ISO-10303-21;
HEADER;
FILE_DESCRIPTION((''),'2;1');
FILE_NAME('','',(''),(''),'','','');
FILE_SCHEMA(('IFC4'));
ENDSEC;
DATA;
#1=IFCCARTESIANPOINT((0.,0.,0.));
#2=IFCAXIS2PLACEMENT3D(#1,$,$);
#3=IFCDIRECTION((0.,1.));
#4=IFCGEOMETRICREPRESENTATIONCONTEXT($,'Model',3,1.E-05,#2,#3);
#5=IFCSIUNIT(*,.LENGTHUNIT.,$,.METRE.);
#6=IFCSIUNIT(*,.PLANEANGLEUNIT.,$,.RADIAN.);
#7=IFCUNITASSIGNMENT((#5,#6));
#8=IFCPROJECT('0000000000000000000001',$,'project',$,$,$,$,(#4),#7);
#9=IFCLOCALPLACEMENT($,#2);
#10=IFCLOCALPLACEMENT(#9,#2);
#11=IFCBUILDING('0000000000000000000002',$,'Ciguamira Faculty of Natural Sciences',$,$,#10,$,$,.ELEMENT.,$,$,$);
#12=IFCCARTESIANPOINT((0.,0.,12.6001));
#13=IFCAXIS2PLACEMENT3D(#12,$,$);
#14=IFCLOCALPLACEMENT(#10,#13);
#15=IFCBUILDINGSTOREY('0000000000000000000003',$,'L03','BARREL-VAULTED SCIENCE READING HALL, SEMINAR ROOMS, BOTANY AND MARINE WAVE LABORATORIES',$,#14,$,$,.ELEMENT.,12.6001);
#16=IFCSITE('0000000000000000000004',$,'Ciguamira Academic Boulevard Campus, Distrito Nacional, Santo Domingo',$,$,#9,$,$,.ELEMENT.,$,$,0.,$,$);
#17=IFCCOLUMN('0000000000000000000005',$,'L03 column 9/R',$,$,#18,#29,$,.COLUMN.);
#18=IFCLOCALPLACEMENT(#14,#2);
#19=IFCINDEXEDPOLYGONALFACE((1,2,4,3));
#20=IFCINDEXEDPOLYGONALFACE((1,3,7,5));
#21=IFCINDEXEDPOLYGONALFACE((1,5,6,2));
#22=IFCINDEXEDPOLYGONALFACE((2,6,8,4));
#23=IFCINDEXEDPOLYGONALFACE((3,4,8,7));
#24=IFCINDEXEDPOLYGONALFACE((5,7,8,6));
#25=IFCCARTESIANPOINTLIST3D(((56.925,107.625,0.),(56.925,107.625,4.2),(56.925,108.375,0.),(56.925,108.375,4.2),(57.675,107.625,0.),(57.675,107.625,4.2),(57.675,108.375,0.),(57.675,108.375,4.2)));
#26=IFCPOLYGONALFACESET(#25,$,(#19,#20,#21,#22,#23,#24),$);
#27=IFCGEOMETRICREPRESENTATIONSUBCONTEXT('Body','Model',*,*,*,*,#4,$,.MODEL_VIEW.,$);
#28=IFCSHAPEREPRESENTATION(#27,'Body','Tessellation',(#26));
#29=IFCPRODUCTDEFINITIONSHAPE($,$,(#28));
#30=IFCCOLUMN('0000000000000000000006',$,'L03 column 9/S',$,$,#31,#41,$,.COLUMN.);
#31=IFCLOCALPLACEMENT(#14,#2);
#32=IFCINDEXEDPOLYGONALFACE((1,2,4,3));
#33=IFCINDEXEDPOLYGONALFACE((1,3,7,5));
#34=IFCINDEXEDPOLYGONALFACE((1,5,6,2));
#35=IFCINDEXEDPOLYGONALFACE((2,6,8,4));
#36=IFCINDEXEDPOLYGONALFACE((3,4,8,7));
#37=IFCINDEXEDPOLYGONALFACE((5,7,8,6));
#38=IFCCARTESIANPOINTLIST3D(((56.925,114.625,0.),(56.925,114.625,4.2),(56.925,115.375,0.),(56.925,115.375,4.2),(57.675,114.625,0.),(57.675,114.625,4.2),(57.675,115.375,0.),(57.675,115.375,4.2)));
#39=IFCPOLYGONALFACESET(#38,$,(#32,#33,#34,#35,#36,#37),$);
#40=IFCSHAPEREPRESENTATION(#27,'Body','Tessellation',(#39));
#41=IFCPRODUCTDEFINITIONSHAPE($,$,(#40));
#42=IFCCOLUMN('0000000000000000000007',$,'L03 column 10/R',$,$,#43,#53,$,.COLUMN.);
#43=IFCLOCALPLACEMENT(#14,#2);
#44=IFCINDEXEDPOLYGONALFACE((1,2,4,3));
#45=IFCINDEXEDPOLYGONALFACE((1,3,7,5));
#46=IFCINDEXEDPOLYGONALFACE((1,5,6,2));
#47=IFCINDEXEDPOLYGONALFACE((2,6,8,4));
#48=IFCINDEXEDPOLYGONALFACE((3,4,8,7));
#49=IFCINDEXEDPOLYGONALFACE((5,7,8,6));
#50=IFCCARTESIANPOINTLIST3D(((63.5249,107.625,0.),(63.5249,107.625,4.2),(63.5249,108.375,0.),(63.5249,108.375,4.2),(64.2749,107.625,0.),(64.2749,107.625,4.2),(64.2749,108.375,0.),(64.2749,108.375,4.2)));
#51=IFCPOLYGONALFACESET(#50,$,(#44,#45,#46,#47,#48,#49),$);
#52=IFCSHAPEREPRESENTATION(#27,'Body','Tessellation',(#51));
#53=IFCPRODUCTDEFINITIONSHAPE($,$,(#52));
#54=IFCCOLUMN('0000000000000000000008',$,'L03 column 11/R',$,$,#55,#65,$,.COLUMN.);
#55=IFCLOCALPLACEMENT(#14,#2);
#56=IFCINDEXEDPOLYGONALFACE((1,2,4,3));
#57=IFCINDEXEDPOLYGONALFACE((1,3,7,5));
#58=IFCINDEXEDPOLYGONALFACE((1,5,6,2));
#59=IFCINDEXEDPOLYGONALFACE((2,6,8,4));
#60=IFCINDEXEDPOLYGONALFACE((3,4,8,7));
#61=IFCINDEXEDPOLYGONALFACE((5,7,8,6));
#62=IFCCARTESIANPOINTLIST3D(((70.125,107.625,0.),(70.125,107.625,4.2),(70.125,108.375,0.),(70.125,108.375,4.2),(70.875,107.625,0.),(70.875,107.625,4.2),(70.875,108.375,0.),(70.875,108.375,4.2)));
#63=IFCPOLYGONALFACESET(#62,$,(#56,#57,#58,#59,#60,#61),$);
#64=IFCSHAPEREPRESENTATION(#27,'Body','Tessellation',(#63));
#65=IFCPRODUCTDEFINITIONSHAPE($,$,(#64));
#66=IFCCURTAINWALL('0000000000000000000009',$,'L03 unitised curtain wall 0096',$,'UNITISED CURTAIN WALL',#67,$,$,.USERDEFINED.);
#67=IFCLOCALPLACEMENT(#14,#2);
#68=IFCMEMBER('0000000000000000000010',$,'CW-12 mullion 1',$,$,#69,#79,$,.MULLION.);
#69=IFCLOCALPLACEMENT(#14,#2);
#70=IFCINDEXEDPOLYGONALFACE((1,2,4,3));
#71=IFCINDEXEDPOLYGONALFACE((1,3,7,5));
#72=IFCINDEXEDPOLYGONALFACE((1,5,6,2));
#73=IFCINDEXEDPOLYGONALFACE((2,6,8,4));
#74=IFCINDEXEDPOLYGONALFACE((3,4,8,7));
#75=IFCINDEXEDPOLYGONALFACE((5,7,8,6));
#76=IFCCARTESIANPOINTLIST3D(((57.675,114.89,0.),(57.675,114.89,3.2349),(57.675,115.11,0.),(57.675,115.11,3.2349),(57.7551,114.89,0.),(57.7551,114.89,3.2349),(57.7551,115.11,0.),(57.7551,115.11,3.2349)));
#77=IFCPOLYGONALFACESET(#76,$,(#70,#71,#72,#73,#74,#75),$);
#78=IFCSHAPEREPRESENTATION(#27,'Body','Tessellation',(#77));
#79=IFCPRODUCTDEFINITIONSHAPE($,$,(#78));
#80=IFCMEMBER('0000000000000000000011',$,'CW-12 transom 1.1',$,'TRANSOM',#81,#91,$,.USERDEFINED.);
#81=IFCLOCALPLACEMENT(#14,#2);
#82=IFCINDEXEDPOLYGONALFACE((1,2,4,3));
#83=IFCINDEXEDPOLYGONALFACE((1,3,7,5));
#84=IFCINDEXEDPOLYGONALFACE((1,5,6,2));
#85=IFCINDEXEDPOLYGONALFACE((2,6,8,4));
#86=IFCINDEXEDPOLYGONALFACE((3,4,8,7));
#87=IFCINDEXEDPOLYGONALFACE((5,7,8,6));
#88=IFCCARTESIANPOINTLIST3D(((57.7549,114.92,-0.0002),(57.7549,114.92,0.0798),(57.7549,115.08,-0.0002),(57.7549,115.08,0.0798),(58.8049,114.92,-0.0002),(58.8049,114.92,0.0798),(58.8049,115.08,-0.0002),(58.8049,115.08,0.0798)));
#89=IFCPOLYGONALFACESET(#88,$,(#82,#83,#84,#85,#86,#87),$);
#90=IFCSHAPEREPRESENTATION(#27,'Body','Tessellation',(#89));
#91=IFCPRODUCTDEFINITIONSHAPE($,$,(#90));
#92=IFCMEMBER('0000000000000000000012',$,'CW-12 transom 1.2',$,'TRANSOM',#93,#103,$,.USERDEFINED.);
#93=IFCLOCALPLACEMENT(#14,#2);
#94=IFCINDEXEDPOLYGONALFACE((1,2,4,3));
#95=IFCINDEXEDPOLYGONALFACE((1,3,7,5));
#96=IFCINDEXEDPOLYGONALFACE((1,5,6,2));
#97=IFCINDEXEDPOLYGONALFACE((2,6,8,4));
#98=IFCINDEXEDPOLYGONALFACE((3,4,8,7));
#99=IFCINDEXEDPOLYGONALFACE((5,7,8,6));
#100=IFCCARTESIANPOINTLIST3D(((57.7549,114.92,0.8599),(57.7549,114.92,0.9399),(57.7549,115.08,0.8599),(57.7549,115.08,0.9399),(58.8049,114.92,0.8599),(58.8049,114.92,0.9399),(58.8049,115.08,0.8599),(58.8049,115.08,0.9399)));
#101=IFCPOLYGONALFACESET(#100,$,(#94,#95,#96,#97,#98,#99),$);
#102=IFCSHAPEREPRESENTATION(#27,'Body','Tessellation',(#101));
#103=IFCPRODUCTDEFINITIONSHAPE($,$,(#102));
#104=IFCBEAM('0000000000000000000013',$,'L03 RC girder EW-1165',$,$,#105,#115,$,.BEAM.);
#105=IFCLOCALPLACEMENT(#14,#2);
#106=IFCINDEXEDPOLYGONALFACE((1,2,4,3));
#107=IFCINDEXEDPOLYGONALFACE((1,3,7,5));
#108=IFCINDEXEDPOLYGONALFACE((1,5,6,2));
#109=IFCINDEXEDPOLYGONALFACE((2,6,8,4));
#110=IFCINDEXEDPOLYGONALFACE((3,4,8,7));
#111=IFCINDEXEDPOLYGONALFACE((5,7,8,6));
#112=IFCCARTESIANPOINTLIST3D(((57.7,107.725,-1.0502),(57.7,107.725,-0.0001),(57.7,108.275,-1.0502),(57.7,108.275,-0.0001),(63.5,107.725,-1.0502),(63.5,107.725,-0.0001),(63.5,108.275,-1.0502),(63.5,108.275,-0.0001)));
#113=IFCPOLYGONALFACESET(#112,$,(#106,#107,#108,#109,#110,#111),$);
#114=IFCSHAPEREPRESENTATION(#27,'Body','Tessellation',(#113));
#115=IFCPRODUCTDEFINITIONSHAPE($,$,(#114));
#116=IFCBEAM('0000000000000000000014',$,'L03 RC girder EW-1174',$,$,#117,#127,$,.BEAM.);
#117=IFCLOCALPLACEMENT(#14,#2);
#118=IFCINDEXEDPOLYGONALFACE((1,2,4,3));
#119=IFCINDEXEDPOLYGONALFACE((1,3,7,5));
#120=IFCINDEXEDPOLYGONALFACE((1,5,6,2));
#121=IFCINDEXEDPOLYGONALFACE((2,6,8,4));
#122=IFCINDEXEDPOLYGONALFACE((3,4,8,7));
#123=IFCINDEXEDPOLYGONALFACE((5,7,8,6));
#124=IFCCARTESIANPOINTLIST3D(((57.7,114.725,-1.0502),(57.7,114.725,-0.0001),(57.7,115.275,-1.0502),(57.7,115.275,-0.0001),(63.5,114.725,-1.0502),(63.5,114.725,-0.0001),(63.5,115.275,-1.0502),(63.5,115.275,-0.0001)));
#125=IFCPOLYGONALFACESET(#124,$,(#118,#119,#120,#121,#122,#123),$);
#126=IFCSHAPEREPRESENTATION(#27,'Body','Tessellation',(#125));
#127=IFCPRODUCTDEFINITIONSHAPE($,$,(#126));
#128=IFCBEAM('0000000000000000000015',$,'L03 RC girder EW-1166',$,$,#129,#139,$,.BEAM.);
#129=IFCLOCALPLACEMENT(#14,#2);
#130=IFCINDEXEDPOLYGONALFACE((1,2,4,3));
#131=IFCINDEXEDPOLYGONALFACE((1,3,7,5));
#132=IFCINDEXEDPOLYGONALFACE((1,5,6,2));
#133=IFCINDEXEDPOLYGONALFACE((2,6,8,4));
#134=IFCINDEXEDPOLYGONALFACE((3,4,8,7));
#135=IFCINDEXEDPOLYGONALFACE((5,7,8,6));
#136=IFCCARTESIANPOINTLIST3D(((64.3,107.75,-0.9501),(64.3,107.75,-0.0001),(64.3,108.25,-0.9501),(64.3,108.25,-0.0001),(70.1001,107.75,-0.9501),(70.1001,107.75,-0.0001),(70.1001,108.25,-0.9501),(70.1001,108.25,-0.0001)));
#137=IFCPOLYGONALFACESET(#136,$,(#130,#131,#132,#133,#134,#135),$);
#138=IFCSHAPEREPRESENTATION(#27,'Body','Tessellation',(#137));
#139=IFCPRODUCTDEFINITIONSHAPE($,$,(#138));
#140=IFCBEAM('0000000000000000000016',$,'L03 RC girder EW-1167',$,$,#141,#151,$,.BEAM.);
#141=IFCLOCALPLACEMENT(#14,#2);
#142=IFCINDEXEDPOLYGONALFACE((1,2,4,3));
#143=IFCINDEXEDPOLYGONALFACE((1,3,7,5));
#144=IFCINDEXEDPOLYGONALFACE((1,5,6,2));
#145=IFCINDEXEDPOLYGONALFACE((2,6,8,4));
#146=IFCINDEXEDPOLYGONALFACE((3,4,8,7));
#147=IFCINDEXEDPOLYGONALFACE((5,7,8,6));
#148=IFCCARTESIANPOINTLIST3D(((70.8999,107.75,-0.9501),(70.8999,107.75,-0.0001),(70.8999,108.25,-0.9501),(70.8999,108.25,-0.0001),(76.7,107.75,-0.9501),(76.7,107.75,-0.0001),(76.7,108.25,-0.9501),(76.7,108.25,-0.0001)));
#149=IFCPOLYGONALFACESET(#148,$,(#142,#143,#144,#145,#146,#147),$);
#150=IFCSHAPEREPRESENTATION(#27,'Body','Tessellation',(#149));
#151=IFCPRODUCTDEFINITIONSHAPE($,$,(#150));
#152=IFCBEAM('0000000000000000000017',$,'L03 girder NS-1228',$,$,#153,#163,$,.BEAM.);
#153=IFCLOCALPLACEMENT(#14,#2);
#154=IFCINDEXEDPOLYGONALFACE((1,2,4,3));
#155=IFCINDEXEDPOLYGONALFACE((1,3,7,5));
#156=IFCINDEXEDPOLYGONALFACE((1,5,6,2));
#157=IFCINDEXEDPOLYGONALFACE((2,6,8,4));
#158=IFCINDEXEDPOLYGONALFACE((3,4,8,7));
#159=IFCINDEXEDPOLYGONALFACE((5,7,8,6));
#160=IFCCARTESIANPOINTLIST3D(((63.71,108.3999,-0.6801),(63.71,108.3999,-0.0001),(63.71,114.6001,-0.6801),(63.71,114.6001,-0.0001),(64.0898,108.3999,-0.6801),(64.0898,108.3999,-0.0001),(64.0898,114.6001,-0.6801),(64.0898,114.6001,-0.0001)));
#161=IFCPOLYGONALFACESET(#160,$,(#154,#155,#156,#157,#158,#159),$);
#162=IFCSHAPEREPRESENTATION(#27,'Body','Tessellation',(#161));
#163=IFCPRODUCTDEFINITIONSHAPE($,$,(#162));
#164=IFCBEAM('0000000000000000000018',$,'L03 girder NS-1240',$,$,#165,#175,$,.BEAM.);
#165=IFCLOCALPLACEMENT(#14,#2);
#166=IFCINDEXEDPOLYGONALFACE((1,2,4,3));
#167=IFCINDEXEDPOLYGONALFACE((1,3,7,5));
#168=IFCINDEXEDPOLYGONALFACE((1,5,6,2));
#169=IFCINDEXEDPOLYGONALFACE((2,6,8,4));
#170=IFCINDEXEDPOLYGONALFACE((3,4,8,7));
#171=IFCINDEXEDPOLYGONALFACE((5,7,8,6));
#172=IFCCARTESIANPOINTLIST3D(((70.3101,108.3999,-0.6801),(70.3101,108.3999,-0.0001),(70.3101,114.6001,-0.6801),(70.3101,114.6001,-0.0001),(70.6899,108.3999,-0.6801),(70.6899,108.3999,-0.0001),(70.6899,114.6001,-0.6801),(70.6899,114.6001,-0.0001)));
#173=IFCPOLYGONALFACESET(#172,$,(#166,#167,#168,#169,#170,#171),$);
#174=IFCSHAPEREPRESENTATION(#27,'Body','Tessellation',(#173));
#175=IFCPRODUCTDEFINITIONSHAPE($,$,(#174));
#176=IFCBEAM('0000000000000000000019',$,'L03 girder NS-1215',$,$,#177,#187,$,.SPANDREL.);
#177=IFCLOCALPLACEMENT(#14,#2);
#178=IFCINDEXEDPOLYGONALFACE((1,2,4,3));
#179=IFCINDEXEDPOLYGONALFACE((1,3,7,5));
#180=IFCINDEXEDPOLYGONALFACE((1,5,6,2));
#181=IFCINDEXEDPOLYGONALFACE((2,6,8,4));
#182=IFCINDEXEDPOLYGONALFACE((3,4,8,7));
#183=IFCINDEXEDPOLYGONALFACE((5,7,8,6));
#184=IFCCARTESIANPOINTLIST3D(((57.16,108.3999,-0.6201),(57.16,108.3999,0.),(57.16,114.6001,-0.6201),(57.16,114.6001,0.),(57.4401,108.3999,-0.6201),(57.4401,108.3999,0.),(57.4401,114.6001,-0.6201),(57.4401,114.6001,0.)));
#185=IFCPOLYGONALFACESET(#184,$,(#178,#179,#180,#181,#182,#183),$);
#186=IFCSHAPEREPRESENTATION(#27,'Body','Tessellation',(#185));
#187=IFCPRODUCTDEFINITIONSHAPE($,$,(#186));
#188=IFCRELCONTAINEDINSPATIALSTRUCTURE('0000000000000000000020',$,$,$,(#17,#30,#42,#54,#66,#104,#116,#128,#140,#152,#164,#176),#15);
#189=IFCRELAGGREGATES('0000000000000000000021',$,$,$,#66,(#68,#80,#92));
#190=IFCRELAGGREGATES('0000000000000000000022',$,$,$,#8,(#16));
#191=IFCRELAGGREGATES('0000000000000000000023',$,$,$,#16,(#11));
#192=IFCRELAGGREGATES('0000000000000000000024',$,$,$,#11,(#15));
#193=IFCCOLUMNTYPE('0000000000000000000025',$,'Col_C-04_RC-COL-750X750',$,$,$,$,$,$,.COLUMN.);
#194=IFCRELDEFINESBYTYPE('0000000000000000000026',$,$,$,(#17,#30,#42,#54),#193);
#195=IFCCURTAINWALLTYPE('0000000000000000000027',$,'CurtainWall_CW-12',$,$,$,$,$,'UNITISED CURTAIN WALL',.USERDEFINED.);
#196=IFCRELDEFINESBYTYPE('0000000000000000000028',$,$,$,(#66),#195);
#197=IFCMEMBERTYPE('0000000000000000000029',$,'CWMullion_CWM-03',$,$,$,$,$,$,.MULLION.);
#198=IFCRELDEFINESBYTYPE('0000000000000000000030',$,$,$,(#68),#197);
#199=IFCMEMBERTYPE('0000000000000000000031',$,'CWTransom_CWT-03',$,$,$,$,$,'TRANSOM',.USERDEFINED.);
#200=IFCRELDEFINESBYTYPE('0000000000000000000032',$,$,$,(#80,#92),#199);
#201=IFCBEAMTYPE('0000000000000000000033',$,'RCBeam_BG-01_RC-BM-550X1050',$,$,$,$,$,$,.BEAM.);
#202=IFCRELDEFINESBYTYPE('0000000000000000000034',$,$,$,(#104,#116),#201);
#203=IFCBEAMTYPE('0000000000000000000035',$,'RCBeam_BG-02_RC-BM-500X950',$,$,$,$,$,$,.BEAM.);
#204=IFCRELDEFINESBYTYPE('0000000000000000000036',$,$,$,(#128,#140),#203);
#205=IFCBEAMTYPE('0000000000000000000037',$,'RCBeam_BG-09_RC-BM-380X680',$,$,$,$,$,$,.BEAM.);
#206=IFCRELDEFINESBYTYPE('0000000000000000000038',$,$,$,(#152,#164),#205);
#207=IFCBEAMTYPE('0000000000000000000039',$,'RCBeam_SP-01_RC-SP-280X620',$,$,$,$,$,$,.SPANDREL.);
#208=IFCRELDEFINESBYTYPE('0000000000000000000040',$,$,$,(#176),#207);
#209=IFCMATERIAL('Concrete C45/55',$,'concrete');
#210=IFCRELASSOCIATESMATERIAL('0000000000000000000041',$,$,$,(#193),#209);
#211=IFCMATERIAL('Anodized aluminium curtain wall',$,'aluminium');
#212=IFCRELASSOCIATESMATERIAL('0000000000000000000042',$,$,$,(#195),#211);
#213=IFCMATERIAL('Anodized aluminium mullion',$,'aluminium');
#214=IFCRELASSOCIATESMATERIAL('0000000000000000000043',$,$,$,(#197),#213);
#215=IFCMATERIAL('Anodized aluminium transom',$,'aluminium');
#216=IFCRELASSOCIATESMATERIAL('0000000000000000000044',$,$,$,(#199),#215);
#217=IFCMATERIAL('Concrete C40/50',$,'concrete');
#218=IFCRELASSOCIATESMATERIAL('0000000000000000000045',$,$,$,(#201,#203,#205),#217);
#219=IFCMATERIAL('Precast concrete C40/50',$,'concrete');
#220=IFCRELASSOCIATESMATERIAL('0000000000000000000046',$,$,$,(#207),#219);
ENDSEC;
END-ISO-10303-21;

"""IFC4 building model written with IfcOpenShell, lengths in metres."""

from ifc_helpers import new_model, si_unit, direction, frame, origin, origin_2d, place, context, subcontext, project, spatial, rectangle, extrude, material, material_profile, profile_set, type_object, element, aggregate, save


model = new_model("IFC4")

# Units and contexts
model_context = context("Model", 3, precision=1e-05, world=origin(), true_north=direction((0.0, 1.0)))
body_context = subcontext(model_context, "Body", "Model", "MODEL_VIEW")
ifc_project = project(units=[si_unit("LENGTHUNIT", "METRE"), si_unit("PLANEANGLEUNIT", "RADIAN")], contexts=[model_context])

# Site, building, storey
site_placement = place(None, origin())
site = spatial("IfcSite", under=ifc_project, at=site_placement, Name="Ciguamira Academic Boulevard Campus, Distrito Nacional, Santo Domingo", CompositionType="ELEMENT", RefElevation=0.0)
building_placement = place(site_placement, origin())
building = spatial("IfcBuilding", under=site, at=building_placement, Name="Ciguamira Faculty of Natural Sciences", CompositionType="ELEMENT")
storey_placement = place(building_placement, frame((0.0, 0.0, 12.6001)))
storey = spatial("IfcBuildingStorey", under=building, at=storey_placement, Name="L03", Description="BARREL-VAULTED SCIENCE READING HALL, SEMINAR ROOMS, BOTANY AND MARINE WAVE LABORATORIES", CompositionType="ELEMENT", Elevation=12.6001)

# Columns
ifc_material_1 = material(Name="Concrete C45/55", Category="concrete")
ifc_material_profile_1 = material_profile(ifc_material_1, rectangle(XDim=0.75, YDim=0.75, at=origin_2d()), Name="RC-COL-750X750")
ifc_profile_set_1 = profile_set([ifc_material_profile_1], Name="Concrete C45/55")
column_type = type_object("IfcColumnType", Name="Col_C-04_RC-COL-750X750", PredefinedType="COLUMN", material=ifc_profile_set_1)
for number, where, z_axis, x_axis, name in (
    (1, (57.3, 108.0, 0.0), (0.0, 0.0, 1.0), (1.0, 0.0, 0.0), "L03 column 9/R"),
    (2, (57.3, 115.0, 0.0), (0.0, 0.0, 1.0), (1.0, 0.0, 0.0), "L03 column 9/S"),
    (3, (63.8999, 108.0, 0.0), (0.0, 0.0, 1.0), (1.0, 0.0, 0.0), "L03 column 10/R"),
    (4, (70.5, 108.0, 0.0), (0.0, 0.0, 1.0), (1.0, 0.0, 0.0), "L03 column 11/R"),
):
    element("IfcColumn", number, at=place(storey_placement, frame(where, z_axis=z_axis, x_axis=x_axis)), inside=storey, type_object=column_type, Name=name, PredefinedType="COLUMN", context=body_context, shape_type="SweptSolid", body=[
        extrude(rectangle(XDim=0.75, YDim=0.75, at=origin_2d()), origin(), (0.0, 0.0, 1.0), 4.2),
    ])

# Curtain wall, members
ifc_material_2 = material(Name="Anodized aluminium curtain wall", Category="aluminium")
curtain_wall_type = type_object("IfcCurtainWallType", Name="CurtainWall_CW-12", ElementType="UNITISED CURTAIN WALL", PredefinedType="USERDEFINED", material=ifc_material_2)
curtain_wall_placement = place(storey_placement, origin())
curtain_wall = element("IfcCurtainWall", 5, at=curtain_wall_placement, inside=storey, type_object=curtain_wall_type, Name="L03 unitised curtain wall 0096", ObjectType="UNITISED CURTAIN WALL", PredefinedType="USERDEFINED")
ifc_material_3 = material(Name="Anodized aluminium mullion", Category="aluminium")
ifc_material_profile_2 = material_profile(ifc_material_3, rectangle(XDim=0.0801, YDim=0.22, at=origin_2d()), Name="ALU-MUL-80X220")
ifc_profile_set_2 = profile_set([ifc_material_profile_2], Name="Anodized aluminium mullion")
member_type_1 = type_object("IfcMemberType", Name="CWMullion_CWM-03", PredefinedType="MULLION", material=ifc_profile_set_2)
member_1_placement = place(storey_placement, frame((57.7151, 115.0, 0.0), z_axis=(0.0, 0.0, 1.0), x_axis=(1.0, 0.0, 0.0)))
member_1 = element("IfcMember", 6, at=member_1_placement, type_object=member_type_1, Name="CW-12 mullion 1", PredefinedType="MULLION", context=body_context, shape_type="SweptSolid", body=[
    extrude(rectangle(XDim=0.0801, YDim=0.22, at=origin_2d()), origin(), (0.0, 0.0, 1.0), 3.2349),
])
ifc_material_4 = material(Name="Anodized aluminium transom", Category="aluminium")
ifc_material_profile_3 = material_profile(ifc_material_4, rectangle(XDim=0.0801, YDim=0.1599, at=origin_2d()), Name="ALU-TRN-80X160")
ifc_profile_set_3 = profile_set([ifc_material_profile_3], Name="Anodized aluminium transom")
member_type_2 = type_object("IfcMemberType", Name="CWTransom_CWT-03", ElementType="TRANSOM", PredefinedType="USERDEFINED", material=ifc_profile_set_3)
member_2_placement = place(storey_placement, frame((57.7549, 115.0, 0.0398), z_axis=(1.0, 0.0, 0.0), x_axis=(0.0, 0.0, 1.0)))
member_2 = element("IfcMember", 7, at=member_2_placement, type_object=member_type_2, Name="CW-12 transom 1.1", ObjectType="TRANSOM", PredefinedType="USERDEFINED", context=body_context, shape_type="SweptSolid", body=[
    extrude(rectangle(XDim=0.0801, YDim=0.1599, at=origin_2d()), origin(), (0.0, 0.0, 1.0), 1.05),
])
member_3_placement = place(storey_placement, frame((57.7549, 115.0, 0.8999), z_axis=(1.0, 0.0, 0.0), x_axis=(0.0, 0.0, 1.0)))
member_3 = element("IfcMember", 8, at=member_3_placement, type_object=member_type_2, Name="CW-12 transom 1.2", ObjectType="TRANSOM", PredefinedType="USERDEFINED", context=body_context, shape_type="SweptSolid", body=[
    extrude(rectangle(XDim=0.0801, YDim=0.1599, at=origin_2d()), origin(), (0.0, 0.0, 1.0), 1.05),
])
aggregate(curtain_wall, [member_1, member_2, member_3])

# Beams
ifc_material_5 = material(Name="Concrete C40/50", Category="concrete")
ifc_material_profile_4 = material_profile(ifc_material_5, rectangle(XDim=0.55, YDim=1.05, at=origin_2d()), Name="RC-BM-550X1050")
ifc_profile_set_4 = profile_set([ifc_material_profile_4], Name="Concrete C40/50")
beam_type_1 = type_object("IfcBeamType", Name="RCBeam_BG-01_RC-BM-550X1050", PredefinedType="BEAM", material=ifc_profile_set_4)
for number, where, z_axis, x_axis, name in (
    (9, (57.7, 108.0, -0.5251), (1.0, 0.0, 0.0), (0.0, 1.0, 0.0), "L03 RC girder EW-1165"),
    (10, (57.7, 115.0, -0.5251), (1.0, 0.0, 0.0), (0.0, 1.0, 0.0), "L03 RC girder EW-1174"),
):
    element("IfcBeam", number, at=place(storey_placement, frame(where, z_axis=z_axis, x_axis=x_axis)), inside=storey, type_object=beam_type_1, Name=name, PredefinedType="BEAM", context=body_context, shape_type="SweptSolid", body=[
        extrude(rectangle(XDim=0.55, YDim=1.05, at=origin_2d()), origin(), (0.0, 0.0, 1.0), 5.8),
    ])
ifc_material_profile_5 = material_profile(ifc_material_5, rectangle(XDim=0.5, YDim=0.95, at=origin_2d()), Name="RC-BM-500X950")
ifc_profile_set_5 = profile_set([ifc_material_profile_5], Name="Concrete C40/50")
beam_type_2 = type_object("IfcBeamType", Name="RCBeam_BG-02_RC-BM-500X950", PredefinedType="BEAM", material=ifc_profile_set_5)
for number, where, z_axis, x_axis, name in (
    (11, (64.3, 108.0, -0.4751), (1.0, 0.0, 0.0), (0.0, 1.0, 0.0), "L03 RC girder EW-1166"),
    (12, (70.8999, 108.0, -0.4751), (1.0, 0.0, 0.0), (0.0, 1.0, 0.0), "L03 RC girder EW-1167"),
):
    element("IfcBeam", number, at=place(storey_placement, frame(where, z_axis=z_axis, x_axis=x_axis)), inside=storey, type_object=beam_type_2, Name=name, PredefinedType="BEAM", context=body_context, shape_type="SweptSolid", body=[
        extrude(rectangle(XDim=0.5, YDim=0.95, at=origin_2d()), origin(), (0.0, 0.0, 1.0), 5.8),
    ])
ifc_material_profile_6 = material_profile(ifc_material_5, rectangle(XDim=0.3799, YDim=0.6799, at=origin_2d()), Name="RC-BM-380X680")
ifc_profile_set_6 = profile_set([ifc_material_profile_6], Name="Concrete C40/50")
beam_type_3 = type_object("IfcBeamType", Name="RCBeam_BG-09_RC-BM-380X680", PredefinedType="BEAM", material=ifc_profile_set_6)
for number, where, z_axis, x_axis, name in (
    (13, (63.8999, 108.3999, -0.3401), (0.0, 1.0, 0.0), (-1.0, 0.0, 0.0), "L03 girder NS-1228"),
    (14, (70.5, 108.3999, -0.3401), (0.0, 1.0, 0.0), (-1.0, 0.0, 0.0), "L03 girder NS-1240"),
):
    element("IfcBeam", number, at=place(storey_placement, frame(where, z_axis=z_axis, x_axis=x_axis)), inside=storey, type_object=beam_type_3, Name=name, PredefinedType="BEAM", context=body_context, shape_type="SweptSolid", body=[
        extrude(rectangle(XDim=0.3799, YDim=0.6799, at=origin_2d()), origin(), (0.0, 0.0, 1.0), 6.2002),
    ])
ifc_material_6 = material(Name="Precast concrete C40/50", Category="concrete")
ifc_material_profile_7 = material_profile(ifc_material_6, rectangle(XDim=0.28, YDim=0.6201, at=origin_2d()), Name="RC-SP-280X620")
ifc_profile_set_7 = profile_set([ifc_material_profile_7], Name="Precast concrete C40/50")
beam_type_4 = type_object("IfcBeamType", Name="RCBeam_SP-01_RC-SP-280X620", PredefinedType="SPANDREL", material=ifc_profile_set_7)
beam_1_placement = place(storey_placement, frame((57.3, 108.3999, -0.3101), z_axis=(0.0, 1.0, 0.0), x_axis=(-1.0, 0.0, 0.0)))
element("IfcBeam", 15, at=beam_1_placement, inside=storey, type_object=beam_type_4, Name="L03 girder NS-1215", PredefinedType="SPANDREL", context=body_context, shape_type="SweptSolid", body=[
    extrude(rectangle(XDim=0.28, YDim=0.6201, at=origin_2d()), origin(), (0.0, 0.0, 1.0), 6.2002),
])

save(model, "model.ifc")
